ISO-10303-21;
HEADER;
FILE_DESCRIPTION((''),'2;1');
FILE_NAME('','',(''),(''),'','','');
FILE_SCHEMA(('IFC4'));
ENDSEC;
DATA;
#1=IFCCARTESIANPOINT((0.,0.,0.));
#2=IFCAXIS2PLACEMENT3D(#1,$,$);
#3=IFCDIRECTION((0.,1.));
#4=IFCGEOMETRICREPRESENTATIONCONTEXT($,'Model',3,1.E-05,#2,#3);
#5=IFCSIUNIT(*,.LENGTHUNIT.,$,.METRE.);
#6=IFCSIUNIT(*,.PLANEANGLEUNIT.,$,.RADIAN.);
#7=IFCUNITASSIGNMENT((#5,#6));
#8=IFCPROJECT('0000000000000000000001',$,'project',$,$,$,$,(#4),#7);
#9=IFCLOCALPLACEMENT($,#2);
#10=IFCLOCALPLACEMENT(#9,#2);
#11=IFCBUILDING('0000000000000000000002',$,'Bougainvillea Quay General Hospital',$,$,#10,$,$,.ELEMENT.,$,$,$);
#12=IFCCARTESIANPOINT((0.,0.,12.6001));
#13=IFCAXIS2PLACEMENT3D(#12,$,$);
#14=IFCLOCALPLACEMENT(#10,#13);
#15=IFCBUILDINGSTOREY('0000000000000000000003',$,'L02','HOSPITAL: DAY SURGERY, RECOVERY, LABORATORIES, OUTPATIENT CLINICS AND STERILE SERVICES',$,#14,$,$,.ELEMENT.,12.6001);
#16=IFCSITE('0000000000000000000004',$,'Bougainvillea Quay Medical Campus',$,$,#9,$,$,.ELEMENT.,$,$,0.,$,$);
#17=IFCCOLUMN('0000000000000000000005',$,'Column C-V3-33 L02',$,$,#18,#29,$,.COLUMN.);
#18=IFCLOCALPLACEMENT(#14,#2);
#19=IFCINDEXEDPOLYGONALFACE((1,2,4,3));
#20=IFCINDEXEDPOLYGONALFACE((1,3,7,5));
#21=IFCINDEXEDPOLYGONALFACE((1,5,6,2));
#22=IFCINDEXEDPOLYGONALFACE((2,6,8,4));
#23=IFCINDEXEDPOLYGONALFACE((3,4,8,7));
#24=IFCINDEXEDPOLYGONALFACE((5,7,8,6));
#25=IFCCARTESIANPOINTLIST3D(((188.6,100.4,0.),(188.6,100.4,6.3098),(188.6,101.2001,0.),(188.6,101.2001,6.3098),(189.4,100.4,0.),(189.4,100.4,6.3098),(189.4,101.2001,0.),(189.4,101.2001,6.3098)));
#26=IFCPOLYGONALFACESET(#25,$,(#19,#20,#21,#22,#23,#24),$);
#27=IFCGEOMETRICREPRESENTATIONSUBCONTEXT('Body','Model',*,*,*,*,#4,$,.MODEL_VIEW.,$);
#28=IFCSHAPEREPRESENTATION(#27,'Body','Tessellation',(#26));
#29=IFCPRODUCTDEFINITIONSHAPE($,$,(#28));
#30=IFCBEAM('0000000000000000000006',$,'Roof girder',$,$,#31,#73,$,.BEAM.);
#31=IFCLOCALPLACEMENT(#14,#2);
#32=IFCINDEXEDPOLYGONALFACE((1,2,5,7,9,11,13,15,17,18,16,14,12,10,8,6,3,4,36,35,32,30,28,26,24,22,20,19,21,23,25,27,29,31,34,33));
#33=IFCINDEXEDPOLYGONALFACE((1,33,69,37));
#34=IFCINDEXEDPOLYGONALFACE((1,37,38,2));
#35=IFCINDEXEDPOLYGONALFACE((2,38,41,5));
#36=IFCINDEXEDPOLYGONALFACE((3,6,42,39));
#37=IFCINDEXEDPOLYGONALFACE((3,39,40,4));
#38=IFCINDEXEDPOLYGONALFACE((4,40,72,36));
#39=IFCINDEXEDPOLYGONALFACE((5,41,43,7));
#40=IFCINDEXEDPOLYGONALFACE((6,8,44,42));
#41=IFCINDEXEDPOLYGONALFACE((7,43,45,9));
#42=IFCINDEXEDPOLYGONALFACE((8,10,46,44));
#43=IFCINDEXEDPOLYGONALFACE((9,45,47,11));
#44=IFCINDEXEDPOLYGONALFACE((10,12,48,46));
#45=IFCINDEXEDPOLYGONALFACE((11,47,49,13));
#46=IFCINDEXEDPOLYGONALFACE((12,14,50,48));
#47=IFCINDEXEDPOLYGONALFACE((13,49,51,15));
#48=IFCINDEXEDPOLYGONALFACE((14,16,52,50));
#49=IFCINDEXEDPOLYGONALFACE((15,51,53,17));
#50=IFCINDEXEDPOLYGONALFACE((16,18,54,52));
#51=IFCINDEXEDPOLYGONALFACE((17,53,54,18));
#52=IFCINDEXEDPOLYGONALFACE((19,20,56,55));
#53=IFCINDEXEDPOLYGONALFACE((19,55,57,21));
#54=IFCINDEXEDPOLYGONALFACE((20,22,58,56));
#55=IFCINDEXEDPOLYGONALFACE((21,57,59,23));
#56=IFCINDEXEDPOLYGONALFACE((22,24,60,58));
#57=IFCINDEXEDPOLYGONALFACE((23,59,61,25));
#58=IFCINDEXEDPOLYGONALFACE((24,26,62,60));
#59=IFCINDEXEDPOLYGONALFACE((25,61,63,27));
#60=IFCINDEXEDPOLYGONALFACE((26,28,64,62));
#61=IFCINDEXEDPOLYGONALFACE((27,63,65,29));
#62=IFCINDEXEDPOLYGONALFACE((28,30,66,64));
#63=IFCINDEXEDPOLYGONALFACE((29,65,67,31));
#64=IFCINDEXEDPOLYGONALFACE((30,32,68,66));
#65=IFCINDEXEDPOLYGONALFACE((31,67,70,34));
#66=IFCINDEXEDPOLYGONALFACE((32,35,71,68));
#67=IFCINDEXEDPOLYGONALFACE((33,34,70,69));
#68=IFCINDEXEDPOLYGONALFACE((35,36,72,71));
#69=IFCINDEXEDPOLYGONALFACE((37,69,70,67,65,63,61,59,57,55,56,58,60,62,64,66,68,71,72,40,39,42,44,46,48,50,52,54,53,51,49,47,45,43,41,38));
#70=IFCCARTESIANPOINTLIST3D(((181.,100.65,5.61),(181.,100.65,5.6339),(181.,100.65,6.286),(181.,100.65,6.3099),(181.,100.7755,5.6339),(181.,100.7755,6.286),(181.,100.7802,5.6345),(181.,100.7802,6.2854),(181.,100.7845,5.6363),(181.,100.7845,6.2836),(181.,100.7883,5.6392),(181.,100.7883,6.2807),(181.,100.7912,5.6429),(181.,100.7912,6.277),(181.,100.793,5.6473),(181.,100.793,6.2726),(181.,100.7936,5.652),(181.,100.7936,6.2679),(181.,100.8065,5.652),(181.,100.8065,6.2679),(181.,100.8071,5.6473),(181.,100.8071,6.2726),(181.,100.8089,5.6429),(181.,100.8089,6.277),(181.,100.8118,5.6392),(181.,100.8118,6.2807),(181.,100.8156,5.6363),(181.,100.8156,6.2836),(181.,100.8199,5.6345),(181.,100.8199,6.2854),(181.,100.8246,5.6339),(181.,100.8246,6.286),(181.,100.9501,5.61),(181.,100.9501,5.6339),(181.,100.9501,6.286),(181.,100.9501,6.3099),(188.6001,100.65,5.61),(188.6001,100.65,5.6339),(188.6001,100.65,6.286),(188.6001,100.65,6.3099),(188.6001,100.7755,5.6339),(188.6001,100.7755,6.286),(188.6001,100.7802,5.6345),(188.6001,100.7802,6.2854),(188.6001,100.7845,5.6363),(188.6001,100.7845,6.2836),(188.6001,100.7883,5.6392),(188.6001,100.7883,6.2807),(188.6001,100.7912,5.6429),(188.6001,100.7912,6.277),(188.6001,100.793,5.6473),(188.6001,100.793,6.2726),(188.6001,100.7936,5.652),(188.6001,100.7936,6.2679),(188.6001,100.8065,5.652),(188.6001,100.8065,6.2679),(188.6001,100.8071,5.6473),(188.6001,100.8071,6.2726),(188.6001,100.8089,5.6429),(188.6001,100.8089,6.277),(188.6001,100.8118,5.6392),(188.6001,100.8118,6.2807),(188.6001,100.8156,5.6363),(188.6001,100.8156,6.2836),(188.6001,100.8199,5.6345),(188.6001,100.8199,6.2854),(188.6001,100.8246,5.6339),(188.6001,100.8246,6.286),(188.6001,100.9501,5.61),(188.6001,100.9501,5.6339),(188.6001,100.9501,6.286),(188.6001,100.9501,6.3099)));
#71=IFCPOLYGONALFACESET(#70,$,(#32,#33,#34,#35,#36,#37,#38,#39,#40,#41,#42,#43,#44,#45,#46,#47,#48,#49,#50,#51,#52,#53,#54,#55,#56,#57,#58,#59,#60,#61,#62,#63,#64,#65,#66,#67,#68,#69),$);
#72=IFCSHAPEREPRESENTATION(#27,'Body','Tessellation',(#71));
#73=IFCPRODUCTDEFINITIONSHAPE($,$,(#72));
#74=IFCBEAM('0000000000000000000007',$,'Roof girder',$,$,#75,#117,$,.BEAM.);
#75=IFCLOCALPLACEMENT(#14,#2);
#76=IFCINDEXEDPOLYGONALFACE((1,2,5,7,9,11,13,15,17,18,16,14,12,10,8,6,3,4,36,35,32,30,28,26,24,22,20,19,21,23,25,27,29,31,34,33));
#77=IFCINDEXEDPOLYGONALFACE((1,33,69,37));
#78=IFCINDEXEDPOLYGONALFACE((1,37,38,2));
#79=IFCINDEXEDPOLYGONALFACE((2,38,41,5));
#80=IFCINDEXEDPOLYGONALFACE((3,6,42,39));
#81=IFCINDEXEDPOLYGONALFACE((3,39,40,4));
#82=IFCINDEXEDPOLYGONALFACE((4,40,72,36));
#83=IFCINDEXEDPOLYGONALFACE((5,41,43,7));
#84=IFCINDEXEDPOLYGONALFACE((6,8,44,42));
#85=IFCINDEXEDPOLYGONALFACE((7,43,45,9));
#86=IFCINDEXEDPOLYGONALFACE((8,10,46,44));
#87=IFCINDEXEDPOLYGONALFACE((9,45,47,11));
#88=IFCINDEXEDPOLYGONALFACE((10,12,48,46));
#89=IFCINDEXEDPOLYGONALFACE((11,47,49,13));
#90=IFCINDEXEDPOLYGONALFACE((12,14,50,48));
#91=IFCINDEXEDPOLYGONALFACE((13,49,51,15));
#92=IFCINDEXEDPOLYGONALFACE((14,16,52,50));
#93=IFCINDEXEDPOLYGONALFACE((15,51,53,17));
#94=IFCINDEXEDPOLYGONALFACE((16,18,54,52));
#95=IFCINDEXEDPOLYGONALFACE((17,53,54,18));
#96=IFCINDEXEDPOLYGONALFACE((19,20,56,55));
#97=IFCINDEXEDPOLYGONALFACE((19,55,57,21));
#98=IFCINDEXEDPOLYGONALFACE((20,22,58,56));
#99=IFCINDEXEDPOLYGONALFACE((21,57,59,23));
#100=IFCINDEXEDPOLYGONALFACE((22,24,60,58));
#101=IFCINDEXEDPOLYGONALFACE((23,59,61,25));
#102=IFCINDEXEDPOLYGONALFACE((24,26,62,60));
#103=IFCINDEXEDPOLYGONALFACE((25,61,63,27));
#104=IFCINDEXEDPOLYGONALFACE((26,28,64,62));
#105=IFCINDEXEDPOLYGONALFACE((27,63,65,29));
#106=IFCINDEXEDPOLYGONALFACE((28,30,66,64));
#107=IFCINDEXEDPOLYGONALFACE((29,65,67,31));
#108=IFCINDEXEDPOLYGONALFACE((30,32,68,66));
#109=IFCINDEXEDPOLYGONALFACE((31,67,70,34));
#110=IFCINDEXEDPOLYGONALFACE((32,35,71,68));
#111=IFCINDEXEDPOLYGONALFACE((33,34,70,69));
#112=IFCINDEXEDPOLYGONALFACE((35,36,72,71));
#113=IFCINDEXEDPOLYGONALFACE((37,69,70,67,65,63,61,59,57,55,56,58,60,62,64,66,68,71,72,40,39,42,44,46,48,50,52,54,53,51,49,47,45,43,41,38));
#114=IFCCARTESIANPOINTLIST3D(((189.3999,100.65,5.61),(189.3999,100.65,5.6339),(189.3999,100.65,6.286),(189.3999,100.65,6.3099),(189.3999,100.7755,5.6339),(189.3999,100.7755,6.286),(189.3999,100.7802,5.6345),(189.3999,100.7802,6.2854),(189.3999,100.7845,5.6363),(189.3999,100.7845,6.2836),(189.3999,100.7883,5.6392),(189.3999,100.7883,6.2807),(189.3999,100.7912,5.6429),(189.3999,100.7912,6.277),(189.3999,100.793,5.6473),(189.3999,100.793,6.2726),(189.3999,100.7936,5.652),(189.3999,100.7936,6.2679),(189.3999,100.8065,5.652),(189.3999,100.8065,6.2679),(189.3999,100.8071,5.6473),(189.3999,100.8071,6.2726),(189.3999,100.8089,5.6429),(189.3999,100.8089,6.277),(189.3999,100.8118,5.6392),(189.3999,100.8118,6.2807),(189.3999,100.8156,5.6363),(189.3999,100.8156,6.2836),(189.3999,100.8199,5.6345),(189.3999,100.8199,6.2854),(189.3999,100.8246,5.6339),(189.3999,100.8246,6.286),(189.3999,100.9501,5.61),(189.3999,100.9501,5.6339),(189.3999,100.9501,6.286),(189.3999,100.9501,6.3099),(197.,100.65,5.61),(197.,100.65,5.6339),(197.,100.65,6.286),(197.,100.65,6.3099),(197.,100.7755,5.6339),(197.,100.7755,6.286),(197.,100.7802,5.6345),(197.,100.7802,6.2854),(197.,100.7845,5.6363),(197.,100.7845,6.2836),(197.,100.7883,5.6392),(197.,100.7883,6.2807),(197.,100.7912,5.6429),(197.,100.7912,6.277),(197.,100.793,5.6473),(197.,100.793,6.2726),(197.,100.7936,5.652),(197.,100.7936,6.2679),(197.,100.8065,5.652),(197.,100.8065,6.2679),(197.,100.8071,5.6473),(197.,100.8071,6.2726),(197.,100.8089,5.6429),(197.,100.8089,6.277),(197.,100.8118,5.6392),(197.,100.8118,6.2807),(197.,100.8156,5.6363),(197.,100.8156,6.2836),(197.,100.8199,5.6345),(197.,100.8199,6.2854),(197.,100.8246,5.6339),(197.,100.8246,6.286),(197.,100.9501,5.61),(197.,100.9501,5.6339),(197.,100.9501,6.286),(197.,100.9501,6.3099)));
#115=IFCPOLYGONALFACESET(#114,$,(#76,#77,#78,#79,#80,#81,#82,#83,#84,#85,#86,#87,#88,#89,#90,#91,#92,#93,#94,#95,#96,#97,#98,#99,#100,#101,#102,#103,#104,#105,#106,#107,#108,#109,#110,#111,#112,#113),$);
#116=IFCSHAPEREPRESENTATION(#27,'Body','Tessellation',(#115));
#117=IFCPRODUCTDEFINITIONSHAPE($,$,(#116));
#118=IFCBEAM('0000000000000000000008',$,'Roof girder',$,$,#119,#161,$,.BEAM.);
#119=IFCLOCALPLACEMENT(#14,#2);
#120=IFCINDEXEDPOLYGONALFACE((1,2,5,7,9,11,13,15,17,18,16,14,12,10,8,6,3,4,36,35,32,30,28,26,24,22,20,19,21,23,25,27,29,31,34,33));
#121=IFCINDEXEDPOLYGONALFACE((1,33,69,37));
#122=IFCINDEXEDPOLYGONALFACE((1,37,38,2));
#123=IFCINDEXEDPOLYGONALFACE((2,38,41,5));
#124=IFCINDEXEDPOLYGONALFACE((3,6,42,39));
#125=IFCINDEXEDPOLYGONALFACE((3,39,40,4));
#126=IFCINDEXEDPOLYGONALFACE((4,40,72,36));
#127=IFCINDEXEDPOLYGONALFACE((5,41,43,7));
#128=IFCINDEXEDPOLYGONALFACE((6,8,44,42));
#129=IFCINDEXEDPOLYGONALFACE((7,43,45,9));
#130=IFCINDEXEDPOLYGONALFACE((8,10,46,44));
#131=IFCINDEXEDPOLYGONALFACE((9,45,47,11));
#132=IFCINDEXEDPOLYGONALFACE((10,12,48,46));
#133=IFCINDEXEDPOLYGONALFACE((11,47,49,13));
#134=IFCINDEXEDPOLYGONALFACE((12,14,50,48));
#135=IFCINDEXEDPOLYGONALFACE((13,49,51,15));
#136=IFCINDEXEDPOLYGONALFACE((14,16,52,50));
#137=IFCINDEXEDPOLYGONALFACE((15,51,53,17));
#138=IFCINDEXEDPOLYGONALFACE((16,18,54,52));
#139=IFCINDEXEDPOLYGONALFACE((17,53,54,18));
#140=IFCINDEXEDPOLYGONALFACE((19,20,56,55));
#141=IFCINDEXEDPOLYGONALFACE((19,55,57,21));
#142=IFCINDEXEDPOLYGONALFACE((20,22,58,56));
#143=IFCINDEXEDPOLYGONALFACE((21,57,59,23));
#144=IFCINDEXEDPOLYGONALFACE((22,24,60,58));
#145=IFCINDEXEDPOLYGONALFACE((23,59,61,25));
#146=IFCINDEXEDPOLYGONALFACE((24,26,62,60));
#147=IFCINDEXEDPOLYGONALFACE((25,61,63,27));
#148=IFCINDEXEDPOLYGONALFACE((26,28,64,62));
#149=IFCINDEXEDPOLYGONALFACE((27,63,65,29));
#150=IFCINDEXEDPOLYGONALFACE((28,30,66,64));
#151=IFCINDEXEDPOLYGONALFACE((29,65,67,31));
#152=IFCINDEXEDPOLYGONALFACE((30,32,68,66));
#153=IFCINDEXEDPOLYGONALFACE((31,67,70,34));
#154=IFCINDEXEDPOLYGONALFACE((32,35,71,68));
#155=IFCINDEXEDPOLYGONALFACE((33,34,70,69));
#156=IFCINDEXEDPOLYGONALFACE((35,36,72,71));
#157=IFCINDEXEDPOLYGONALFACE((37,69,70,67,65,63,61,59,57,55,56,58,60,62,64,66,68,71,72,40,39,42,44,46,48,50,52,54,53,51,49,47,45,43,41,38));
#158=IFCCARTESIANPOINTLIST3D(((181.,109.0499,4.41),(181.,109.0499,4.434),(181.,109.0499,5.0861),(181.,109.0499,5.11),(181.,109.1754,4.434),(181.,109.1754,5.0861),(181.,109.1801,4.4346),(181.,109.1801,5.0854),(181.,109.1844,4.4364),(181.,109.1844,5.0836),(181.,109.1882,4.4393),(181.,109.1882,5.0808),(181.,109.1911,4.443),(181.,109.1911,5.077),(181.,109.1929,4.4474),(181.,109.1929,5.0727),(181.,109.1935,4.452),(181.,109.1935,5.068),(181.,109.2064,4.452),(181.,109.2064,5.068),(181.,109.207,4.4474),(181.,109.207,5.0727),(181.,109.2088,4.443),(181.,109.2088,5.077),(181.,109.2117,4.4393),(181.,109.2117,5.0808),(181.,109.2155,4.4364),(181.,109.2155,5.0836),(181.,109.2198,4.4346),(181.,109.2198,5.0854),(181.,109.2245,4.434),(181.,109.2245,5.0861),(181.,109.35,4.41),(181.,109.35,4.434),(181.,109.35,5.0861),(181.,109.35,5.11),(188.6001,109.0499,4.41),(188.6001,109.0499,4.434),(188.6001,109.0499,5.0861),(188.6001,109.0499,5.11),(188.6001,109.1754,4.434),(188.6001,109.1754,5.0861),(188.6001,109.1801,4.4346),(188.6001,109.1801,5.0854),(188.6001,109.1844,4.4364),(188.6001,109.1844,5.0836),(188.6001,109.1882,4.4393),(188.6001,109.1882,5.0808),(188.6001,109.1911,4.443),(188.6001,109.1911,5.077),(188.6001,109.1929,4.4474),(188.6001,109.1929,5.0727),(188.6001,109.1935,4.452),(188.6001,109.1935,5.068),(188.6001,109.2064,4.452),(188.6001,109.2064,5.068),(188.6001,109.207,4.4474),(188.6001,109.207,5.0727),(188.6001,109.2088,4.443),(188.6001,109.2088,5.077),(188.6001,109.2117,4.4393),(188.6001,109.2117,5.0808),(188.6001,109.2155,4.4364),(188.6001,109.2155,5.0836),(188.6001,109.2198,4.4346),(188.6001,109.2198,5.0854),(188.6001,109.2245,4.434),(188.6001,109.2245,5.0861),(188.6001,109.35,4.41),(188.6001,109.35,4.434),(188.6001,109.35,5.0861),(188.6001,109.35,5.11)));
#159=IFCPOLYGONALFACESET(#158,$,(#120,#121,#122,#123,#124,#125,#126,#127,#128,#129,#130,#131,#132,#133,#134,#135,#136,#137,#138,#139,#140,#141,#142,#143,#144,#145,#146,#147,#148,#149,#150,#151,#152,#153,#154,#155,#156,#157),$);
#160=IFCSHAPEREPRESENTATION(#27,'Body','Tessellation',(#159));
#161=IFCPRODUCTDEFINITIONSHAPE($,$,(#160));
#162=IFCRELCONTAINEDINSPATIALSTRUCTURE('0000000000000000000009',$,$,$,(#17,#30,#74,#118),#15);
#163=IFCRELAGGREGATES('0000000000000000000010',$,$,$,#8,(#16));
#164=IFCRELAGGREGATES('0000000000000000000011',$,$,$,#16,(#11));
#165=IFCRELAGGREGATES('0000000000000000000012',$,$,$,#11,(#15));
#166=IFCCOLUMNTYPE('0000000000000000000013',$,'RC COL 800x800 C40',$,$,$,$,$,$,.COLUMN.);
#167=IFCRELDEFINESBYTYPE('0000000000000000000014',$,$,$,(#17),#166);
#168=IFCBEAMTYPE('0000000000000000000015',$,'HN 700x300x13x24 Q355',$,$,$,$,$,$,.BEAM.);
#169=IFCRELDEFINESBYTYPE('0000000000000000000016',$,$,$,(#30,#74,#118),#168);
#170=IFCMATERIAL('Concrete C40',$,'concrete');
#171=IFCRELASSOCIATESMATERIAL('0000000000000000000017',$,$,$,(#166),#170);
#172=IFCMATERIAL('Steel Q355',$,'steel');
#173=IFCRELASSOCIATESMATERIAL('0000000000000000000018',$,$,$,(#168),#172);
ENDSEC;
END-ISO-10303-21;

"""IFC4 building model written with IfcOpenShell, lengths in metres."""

from ifc_helpers import new_model, si_unit, direction, frame, origin, origin_2d, place, context, subcontext, project, spatial, rectangle, i_section, extrude, material, material_profile, profile_set, type_object, element, save


model = new_model("IFC4")

# Units and contexts
model_context = context("Model", 3, precision=1e-05, world=origin(), true_north=direction((0.0, 1.0)))
body_context = subcontext(model_context, "Body", "Model", "MODEL_VIEW")
ifc_project = project(units=[si_unit("LENGTHUNIT", "METRE"), si_unit("PLANEANGLEUNIT", "RADIAN")], contexts=[model_context])

# Site, building, storey
site_placement = place(None, origin())
site = spatial("IfcSite", under=ifc_project, at=site_placement, Name="Bougainvillea Quay Medical Campus", CompositionType="ELEMENT", RefElevation=0.0)
building_placement = place(site_placement, origin())
building = spatial("IfcBuilding", under=site, at=building_placement, Name="Bougainvillea Quay General Hospital", CompositionType="ELEMENT")
storey_placement = place(building_placement, frame((0.0, 0.0, 12.6001)))
storey = spatial("IfcBuildingStorey", under=building, at=storey_placement, Name="L02", Description="HOSPITAL: DAY SURGERY, RECOVERY, LABORATORIES, OUTPATIENT CLINICS AND STERILE SERVICES", CompositionType="ELEMENT", Elevation=12.6001)

# Column
ifc_material_1 = material(Name="Concrete C40", Category="concrete")
ifc_material_profile_1 = material_profile(ifc_material_1, rectangle(XDim=0.8, YDim=0.8, at=origin_2d()))
ifc_profile_set_1 = profile_set([ifc_material_profile_1], Name="Concrete C40")
column_type = type_object("IfcColumnType", Name="RC COL 800x800 C40", PredefinedType="COLUMN", material=ifc_profile_set_1)
column_placement = place(storey_placement, frame((189.0, 100.8, 0.0), z_axis=(0.0, 0.0, 1.0), x_axis=(1.0, 0.0, 0.0)))
element("IfcColumn", 1, at=column_placement, inside=storey, type_object=column_type, Name="Column C-V3-33 L02", PredefinedType="COLUMN", context=body_context, shape_type="SweptSolid", body=[
    extrude(rectangle(XDim=0.8, YDim=0.8, at=origin_2d()), origin(), (0.0, 0.0, 1.0), 6.3098),
])

# Beams
ifc_material_2 = material(Name="Steel Q355", Category="steel")
ifc_material_profile_2 = material_profile(ifc_material_2, i_section(OverallWidth=0.3, OverallDepth=0.7, WebThickness=0.0129, FlangeThickness=0.0239, FilletRadius=0.0181, at=origin_2d()))
ifc_profile_set_2 = profile_set([ifc_material_profile_2], Name="Steel Q355")
beam_type = type_object("IfcBeamType", Name="HN 700x300x13x24 Q355", PredefinedType="BEAM", material=ifc_profile_set_2)
for number, where, z_axis, x_axis, name in (
    (2, (181.0, 100.8, 5.96), (1.0, 0.0, 0.0), (0.0, 1.0, 0.0), "Roof girder"),
    (3, (189.3999, 100.8, 5.96), (1.0, 0.0, 0.0), (0.0, 1.0, 0.0), "Roof girder"),
    (4, (181.0, 109.2, 4.76), (1.0, 0.0, 0.0), (0.0, 1.0, 0.0), "Roof girder"),
):
    element("IfcBeam", number, at=place(storey_placement, frame(where, z_axis=z_axis, x_axis=x_axis)), inside=storey, type_object=beam_type, Name=name, PredefinedType="BEAM", context=body_context, shape_type="SweptSolid", body=[
        extrude(i_section(OverallWidth=0.3, OverallDepth=0.7, WebThickness=0.0129, FlangeThickness=0.0239, FilletRadius=0.0181, at=origin_2d()), origin(), (0.0, 0.0, 1.0), 7.6001),
    ])

save(model, "model.ifc")
